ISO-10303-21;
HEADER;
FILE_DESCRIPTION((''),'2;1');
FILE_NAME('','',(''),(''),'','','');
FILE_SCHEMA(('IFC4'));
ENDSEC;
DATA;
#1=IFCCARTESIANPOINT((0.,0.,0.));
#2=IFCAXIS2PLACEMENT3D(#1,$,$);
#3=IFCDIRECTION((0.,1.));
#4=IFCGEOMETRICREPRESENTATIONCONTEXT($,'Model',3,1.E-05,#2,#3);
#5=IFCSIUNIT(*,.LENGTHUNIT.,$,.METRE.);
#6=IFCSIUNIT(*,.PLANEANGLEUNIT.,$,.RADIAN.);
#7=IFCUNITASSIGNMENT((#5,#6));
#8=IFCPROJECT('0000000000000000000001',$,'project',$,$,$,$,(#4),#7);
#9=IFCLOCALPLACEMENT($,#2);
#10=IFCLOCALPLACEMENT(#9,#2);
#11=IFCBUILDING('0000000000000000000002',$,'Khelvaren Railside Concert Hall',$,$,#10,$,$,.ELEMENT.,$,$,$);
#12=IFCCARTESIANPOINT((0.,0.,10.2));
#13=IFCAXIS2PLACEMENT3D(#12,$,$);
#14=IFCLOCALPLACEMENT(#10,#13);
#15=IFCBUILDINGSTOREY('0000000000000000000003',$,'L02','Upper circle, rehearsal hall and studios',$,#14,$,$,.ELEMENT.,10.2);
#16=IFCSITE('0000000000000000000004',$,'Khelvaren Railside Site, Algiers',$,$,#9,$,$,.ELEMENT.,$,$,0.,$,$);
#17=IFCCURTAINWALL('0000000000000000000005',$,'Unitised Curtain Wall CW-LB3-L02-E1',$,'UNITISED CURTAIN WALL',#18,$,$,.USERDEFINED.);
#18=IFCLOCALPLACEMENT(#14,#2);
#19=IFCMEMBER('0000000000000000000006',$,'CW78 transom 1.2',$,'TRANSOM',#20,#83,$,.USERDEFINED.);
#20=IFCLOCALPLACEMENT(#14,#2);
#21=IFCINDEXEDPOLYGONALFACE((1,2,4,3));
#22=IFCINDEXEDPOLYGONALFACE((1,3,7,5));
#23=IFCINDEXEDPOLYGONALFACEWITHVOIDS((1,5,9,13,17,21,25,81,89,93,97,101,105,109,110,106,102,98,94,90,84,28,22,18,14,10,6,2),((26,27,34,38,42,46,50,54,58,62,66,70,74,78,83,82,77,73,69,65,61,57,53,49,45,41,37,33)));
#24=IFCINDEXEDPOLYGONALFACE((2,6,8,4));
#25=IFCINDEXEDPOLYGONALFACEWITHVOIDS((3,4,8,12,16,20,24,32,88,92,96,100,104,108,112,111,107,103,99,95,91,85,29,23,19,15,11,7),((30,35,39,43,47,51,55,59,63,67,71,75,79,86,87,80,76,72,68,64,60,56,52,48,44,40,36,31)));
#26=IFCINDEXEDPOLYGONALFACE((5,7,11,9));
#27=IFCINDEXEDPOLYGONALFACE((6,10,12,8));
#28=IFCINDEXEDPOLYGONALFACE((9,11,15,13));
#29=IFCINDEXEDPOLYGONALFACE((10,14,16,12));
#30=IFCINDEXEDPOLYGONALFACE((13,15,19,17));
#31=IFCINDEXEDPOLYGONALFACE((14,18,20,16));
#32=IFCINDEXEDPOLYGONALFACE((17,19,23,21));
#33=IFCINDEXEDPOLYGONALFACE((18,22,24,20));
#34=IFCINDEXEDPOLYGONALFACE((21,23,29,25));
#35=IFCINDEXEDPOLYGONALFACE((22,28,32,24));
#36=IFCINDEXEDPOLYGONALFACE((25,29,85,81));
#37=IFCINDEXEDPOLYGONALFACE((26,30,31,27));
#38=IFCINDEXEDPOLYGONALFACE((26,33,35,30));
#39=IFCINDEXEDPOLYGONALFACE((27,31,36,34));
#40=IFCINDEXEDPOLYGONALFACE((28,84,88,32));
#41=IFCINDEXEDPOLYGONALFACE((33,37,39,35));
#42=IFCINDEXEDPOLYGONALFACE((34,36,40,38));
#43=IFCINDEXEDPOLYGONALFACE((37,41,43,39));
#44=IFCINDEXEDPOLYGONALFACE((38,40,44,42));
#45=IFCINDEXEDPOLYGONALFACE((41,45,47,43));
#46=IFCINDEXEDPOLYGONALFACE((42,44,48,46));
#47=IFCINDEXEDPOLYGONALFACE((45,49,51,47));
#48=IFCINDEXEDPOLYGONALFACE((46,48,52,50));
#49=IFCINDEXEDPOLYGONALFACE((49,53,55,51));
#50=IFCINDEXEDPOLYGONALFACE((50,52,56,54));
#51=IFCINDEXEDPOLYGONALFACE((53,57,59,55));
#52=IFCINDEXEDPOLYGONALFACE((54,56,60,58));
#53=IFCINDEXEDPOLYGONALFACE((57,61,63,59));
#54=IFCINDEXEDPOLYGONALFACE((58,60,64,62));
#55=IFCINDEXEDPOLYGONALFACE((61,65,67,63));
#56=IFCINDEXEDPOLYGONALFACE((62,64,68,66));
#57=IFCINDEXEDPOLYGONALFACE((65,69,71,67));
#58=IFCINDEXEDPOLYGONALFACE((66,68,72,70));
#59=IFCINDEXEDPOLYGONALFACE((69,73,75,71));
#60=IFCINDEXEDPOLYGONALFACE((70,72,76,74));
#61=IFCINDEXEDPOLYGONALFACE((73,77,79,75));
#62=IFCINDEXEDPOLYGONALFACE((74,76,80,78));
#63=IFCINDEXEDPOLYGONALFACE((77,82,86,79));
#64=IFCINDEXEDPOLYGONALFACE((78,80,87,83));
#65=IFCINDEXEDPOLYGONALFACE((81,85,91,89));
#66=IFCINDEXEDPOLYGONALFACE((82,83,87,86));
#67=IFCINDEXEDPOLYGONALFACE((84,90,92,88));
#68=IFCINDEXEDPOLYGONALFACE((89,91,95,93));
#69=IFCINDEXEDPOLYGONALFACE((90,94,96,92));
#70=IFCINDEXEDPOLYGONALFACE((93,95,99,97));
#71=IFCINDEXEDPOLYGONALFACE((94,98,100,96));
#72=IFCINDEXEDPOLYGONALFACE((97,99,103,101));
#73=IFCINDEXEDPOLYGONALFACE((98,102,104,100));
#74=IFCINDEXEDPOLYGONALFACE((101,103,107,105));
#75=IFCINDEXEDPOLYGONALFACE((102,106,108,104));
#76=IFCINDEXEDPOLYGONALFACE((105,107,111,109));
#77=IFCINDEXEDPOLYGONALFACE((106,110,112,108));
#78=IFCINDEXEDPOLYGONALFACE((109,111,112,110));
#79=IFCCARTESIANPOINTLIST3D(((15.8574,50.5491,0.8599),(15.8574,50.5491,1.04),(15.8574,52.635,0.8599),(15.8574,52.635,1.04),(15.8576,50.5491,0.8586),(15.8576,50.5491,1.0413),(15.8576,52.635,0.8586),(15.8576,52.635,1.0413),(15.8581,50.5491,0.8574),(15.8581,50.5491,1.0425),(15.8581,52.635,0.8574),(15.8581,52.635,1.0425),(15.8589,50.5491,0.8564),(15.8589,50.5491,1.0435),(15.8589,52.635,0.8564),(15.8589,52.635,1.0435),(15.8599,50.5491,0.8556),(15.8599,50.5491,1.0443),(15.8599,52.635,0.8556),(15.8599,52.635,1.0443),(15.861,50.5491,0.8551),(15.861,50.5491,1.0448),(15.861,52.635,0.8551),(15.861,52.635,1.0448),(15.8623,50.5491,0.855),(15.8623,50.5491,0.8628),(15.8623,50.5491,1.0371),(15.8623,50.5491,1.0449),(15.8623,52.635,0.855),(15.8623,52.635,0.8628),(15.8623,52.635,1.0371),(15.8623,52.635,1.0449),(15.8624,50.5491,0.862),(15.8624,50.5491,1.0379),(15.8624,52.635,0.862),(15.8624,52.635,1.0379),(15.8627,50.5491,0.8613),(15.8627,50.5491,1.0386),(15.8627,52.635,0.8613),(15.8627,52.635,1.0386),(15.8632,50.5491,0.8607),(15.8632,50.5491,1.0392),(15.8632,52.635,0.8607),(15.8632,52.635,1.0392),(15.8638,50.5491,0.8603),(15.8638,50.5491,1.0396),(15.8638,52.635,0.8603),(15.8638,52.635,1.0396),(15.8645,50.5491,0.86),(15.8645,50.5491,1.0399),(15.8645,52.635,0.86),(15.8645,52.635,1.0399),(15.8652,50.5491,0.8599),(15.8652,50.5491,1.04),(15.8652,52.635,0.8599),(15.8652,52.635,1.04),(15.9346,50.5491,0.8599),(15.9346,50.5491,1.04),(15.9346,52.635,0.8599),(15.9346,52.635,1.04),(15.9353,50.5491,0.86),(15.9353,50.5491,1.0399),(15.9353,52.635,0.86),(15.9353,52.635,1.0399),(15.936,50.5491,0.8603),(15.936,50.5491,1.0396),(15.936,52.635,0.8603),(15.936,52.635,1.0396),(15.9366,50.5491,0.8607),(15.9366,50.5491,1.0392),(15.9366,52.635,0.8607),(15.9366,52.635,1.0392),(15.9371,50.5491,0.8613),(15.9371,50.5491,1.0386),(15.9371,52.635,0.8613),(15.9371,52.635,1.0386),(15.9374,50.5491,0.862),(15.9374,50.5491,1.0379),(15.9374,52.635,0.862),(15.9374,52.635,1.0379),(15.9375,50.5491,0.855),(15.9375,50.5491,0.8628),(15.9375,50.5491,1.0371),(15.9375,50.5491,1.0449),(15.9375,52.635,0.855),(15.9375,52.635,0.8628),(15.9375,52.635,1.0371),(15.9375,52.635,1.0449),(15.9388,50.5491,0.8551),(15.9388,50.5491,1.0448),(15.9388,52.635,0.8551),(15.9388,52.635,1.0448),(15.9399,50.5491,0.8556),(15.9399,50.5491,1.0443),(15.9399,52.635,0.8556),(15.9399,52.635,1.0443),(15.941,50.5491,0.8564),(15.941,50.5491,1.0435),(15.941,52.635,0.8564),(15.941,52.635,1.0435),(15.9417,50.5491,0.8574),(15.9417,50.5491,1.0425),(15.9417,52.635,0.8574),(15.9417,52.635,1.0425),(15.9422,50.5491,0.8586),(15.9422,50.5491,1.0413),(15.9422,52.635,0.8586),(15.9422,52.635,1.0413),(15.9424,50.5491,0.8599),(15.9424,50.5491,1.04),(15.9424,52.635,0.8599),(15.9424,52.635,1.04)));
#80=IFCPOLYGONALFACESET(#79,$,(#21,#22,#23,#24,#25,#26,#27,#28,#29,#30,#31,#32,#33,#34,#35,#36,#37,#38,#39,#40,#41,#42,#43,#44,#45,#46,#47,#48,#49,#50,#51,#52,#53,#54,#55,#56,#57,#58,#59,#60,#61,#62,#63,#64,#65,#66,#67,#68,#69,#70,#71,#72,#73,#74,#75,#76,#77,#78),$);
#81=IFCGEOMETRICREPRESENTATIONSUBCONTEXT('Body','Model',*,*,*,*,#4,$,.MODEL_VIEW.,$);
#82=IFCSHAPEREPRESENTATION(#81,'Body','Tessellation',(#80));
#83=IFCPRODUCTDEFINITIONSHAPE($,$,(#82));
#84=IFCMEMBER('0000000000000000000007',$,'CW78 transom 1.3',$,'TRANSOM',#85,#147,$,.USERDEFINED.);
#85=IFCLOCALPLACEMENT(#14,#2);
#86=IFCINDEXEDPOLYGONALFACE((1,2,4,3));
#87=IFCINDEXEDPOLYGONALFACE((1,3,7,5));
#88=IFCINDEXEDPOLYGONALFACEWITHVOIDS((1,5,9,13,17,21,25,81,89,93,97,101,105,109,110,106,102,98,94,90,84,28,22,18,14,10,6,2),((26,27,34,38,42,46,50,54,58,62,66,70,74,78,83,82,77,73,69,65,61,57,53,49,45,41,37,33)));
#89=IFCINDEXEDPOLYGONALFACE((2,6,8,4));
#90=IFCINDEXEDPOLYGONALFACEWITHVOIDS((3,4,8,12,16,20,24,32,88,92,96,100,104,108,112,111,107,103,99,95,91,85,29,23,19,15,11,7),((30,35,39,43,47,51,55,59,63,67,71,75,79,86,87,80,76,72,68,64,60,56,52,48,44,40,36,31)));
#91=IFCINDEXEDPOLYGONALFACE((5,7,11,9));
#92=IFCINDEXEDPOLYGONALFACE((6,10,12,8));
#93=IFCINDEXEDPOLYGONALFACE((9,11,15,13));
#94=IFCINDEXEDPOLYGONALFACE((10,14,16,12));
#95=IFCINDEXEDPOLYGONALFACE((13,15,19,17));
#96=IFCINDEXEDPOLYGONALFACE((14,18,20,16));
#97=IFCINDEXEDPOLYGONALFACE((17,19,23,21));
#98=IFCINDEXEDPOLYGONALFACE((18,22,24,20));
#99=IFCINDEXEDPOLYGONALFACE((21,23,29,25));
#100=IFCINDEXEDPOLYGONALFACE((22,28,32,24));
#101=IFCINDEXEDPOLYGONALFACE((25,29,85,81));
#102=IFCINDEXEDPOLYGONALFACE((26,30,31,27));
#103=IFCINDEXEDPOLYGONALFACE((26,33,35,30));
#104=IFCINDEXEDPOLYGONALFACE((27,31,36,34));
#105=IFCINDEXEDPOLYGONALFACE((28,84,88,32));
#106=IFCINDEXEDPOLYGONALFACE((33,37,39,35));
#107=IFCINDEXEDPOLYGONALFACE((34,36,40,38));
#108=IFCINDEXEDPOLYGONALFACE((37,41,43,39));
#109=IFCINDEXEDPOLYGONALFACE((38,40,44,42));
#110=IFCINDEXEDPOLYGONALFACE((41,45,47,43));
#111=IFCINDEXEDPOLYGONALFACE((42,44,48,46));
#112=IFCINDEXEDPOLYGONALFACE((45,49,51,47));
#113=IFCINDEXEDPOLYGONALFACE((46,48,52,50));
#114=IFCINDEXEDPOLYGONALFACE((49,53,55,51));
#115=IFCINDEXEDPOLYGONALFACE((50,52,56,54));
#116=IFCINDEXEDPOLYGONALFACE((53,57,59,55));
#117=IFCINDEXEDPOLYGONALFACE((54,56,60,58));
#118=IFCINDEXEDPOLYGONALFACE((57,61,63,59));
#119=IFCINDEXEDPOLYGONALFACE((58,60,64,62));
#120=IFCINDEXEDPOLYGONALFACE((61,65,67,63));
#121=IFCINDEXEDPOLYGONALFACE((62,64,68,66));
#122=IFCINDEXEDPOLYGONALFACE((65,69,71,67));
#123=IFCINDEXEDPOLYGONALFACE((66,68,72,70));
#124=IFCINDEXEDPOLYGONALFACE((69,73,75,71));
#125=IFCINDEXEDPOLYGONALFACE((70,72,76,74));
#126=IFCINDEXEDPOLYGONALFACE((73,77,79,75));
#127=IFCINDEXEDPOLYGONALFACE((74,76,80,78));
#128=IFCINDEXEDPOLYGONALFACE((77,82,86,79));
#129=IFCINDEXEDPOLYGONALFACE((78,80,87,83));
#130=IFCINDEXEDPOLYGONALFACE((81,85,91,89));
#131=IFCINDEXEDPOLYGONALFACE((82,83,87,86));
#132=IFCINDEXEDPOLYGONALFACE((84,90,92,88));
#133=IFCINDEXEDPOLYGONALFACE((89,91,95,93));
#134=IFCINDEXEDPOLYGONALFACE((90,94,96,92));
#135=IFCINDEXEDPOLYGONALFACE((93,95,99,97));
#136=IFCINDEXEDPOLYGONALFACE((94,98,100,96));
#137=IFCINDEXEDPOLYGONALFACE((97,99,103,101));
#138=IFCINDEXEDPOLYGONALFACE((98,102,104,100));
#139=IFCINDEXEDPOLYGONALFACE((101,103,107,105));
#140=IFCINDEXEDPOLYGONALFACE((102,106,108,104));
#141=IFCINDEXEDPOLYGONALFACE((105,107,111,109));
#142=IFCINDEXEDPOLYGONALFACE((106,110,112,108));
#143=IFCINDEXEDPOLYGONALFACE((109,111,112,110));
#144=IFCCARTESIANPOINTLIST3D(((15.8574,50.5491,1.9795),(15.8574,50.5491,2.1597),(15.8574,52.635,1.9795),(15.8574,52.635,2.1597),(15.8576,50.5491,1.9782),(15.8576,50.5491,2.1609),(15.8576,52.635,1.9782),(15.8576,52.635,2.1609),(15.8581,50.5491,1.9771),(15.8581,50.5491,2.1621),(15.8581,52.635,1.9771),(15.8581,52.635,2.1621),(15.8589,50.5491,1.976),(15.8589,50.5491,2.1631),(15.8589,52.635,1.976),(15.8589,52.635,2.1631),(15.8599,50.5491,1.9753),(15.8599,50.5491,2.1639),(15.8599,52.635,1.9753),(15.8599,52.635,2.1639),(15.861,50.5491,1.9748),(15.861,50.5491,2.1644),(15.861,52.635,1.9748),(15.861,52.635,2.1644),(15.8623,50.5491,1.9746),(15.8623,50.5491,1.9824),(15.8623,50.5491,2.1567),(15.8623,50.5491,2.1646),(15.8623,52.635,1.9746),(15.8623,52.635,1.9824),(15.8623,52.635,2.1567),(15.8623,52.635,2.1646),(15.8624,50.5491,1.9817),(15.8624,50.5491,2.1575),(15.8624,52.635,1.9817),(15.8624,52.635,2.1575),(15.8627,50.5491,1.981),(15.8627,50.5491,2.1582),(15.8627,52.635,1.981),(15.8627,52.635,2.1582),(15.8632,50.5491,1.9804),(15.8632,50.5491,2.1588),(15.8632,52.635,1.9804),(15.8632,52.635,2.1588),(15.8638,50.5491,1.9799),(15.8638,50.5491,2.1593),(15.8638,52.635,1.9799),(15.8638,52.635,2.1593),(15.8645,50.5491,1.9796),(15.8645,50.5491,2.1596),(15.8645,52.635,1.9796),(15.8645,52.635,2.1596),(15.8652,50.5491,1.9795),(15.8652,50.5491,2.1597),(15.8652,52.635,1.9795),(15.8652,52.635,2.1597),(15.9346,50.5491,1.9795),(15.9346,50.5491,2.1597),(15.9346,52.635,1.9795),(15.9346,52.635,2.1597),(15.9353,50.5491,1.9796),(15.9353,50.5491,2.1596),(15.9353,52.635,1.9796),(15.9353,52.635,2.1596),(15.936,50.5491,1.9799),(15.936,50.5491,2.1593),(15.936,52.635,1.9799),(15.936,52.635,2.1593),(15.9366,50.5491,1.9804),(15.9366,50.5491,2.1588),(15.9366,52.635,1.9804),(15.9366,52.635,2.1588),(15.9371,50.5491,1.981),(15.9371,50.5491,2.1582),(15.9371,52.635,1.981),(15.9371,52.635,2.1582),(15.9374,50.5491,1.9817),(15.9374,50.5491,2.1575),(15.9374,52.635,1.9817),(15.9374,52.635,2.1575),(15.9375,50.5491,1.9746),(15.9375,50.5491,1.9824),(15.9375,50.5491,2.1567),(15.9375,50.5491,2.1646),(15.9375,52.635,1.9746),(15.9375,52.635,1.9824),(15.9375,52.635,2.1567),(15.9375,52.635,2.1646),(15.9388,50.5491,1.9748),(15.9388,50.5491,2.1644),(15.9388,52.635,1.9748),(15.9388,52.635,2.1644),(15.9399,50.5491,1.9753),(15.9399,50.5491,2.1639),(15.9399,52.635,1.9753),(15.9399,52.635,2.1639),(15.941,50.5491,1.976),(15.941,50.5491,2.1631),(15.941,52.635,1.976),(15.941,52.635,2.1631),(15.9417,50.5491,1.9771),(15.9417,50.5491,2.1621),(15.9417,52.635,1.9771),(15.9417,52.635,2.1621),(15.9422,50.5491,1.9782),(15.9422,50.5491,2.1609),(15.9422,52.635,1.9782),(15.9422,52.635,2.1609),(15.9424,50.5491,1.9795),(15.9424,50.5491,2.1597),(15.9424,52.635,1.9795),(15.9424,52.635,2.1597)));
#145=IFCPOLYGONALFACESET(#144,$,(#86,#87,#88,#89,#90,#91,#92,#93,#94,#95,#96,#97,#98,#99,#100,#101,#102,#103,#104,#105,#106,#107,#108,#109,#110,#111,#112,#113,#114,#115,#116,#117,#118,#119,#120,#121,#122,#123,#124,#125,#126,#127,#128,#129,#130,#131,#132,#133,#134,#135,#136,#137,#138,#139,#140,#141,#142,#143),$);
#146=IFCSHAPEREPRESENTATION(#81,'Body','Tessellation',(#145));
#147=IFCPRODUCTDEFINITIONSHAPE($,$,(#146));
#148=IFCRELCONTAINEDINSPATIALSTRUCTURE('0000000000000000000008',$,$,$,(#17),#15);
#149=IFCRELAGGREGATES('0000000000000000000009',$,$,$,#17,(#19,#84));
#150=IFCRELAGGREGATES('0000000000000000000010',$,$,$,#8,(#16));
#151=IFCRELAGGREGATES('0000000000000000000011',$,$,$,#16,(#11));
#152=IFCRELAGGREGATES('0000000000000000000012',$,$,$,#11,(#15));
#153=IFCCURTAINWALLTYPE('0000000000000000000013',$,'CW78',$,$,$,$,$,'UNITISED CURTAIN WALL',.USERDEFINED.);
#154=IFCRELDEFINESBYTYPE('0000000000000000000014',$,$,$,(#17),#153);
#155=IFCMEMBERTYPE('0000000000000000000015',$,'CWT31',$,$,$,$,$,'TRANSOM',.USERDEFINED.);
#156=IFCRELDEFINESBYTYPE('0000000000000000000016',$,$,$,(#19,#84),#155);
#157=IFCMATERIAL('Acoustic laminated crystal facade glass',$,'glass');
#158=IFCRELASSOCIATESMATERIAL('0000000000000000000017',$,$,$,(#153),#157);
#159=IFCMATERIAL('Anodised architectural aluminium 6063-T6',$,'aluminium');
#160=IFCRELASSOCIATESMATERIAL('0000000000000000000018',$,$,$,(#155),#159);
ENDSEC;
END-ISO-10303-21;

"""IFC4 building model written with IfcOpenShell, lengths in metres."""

from ifc_helpers import new_model, si_unit, direction, frame, origin, origin_2d, place, context, subcontext, project, spatial, hollow_rectangle, extrude, material, material_profile, profile_set, type_object, element, aggregate, save


model = new_model("IFC4")

# Units and contexts
model_context = context("Model", 3, precision=1e-05, world=origin(), true_north=direction((0.0, 1.0)))
body_context = subcontext(model_context, "Body", "Model", "MODEL_VIEW")
ifc_project = project(units=[si_unit("LENGTHUNIT", "METRE"), si_unit("PLANEANGLEUNIT", "RADIAN")], contexts=[model_context])

# Site, building, storey
site_placement = place(None, origin())
site = spatial("IfcSite", under=ifc_project, at=site_placement, Name="Khelvaren Railside Site, Algiers", CompositionType="ELEMENT", RefElevation=0.0)
building_placement = place(site_placement, origin())
building = spatial("IfcBuilding", under=site, at=building_placement, Name="Khelvaren Railside Concert Hall", CompositionType="ELEMENT")
storey_placement = place(building_placement, frame((0.0, 0.0, 10.2)))
storey = spatial("IfcBuildingStorey", under=building, at=storey_placement, Name="L02", Description="Upper circle, rehearsal hall and studios", CompositionType="ELEMENT", Elevation=10.2)

# Curtain wall
ifc_material_1 = material(Name="Acoustic laminated crystal facade glass", Category="glass")
curtain_wall_type = type_object("IfcCurtainWallType", Name="CW78", ElementType="UNITISED CURTAIN WALL", PredefinedType="USERDEFINED", material=ifc_material_1)
curtain_wall_1_placement = place(storey_placement, origin())
curtain_wall_1 = element("IfcCurtainWall", 1, at=curtain_wall_1_placement, inside=storey, type_object=curtain_wall_type, Name="Unitised Curtain Wall CW-LB3-L02-E1", ObjectType="UNITISED CURTAIN WALL", PredefinedType="USERDEFINED")
ifc_material_2 = material(Name="Anodised architectural aluminium 6063-T6", Category="aluminium")

# Members
ifc_material_profile_1 = material_profile(ifc_material_2, hollow_rectangle(XDim=0.085, YDim=0.1899, WallThickness=0.0049, InnerFilletRadius=0.0029, OuterFilletRadius=0.0049, at=origin_2d()), Name="CWT 85x190x5")
ifc_profile_set_1 = profile_set([ifc_material_profile_1], Name="Anodised architectural aluminium 6063-T6")
member_type_1 = type_object("IfcMemberType", Name="CWT31", ElementType="TRANSOM", PredefinedType="USERDEFINED", material=ifc_profile_set_1)
member_1_placement = place(storey_placement, frame((15.8999, 52.635, 0.95), z_axis=(0.0, -1.0, 0.0), x_axis=(1.0, 0.0, 0.0)))
member_1 = element("IfcMember", 2, at=member_1_placement, type_object=member_type_1, Name="CW78 transom 1.2", ObjectType="TRANSOM", PredefinedType="USERDEFINED", context=body_context, shape_type="SweptSolid", body=[
    extrude(hollow_rectangle(XDim=0.085, YDim=0.1899, WallThickness=0.0049, InnerFilletRadius=0.0029, OuterFilletRadius=0.0049, at=origin_2d()), origin(), (0.0, 0.0, 1.0), 2.0859),
])
member_2_placement = place(storey_placement, frame((15.8999, 52.635, 2.0696), z_axis=(0.0, -1.0, 0.0), x_axis=(1.0, 0.0, 0.0)))
member_2 = element("IfcMember", 3, at=member_2_placement, type_object=member_type_1, Name="CW78 transom 1.3", ObjectType="TRANSOM", PredefinedType="USERDEFINED", context=body_context, shape_type="SweptSolid", body=[
    extrude(hollow_rectangle(XDim=0.085, YDim=0.1899, WallThickness=0.0049, InnerFilletRadius=0.0029, OuterFilletRadius=0.0049, at=origin_2d()), origin(), (0.0, 0.0, 1.0), 2.0859),
])

aggregate(curtain_wall_1, [member_1, member_2])

save(model, "model.ifc")
